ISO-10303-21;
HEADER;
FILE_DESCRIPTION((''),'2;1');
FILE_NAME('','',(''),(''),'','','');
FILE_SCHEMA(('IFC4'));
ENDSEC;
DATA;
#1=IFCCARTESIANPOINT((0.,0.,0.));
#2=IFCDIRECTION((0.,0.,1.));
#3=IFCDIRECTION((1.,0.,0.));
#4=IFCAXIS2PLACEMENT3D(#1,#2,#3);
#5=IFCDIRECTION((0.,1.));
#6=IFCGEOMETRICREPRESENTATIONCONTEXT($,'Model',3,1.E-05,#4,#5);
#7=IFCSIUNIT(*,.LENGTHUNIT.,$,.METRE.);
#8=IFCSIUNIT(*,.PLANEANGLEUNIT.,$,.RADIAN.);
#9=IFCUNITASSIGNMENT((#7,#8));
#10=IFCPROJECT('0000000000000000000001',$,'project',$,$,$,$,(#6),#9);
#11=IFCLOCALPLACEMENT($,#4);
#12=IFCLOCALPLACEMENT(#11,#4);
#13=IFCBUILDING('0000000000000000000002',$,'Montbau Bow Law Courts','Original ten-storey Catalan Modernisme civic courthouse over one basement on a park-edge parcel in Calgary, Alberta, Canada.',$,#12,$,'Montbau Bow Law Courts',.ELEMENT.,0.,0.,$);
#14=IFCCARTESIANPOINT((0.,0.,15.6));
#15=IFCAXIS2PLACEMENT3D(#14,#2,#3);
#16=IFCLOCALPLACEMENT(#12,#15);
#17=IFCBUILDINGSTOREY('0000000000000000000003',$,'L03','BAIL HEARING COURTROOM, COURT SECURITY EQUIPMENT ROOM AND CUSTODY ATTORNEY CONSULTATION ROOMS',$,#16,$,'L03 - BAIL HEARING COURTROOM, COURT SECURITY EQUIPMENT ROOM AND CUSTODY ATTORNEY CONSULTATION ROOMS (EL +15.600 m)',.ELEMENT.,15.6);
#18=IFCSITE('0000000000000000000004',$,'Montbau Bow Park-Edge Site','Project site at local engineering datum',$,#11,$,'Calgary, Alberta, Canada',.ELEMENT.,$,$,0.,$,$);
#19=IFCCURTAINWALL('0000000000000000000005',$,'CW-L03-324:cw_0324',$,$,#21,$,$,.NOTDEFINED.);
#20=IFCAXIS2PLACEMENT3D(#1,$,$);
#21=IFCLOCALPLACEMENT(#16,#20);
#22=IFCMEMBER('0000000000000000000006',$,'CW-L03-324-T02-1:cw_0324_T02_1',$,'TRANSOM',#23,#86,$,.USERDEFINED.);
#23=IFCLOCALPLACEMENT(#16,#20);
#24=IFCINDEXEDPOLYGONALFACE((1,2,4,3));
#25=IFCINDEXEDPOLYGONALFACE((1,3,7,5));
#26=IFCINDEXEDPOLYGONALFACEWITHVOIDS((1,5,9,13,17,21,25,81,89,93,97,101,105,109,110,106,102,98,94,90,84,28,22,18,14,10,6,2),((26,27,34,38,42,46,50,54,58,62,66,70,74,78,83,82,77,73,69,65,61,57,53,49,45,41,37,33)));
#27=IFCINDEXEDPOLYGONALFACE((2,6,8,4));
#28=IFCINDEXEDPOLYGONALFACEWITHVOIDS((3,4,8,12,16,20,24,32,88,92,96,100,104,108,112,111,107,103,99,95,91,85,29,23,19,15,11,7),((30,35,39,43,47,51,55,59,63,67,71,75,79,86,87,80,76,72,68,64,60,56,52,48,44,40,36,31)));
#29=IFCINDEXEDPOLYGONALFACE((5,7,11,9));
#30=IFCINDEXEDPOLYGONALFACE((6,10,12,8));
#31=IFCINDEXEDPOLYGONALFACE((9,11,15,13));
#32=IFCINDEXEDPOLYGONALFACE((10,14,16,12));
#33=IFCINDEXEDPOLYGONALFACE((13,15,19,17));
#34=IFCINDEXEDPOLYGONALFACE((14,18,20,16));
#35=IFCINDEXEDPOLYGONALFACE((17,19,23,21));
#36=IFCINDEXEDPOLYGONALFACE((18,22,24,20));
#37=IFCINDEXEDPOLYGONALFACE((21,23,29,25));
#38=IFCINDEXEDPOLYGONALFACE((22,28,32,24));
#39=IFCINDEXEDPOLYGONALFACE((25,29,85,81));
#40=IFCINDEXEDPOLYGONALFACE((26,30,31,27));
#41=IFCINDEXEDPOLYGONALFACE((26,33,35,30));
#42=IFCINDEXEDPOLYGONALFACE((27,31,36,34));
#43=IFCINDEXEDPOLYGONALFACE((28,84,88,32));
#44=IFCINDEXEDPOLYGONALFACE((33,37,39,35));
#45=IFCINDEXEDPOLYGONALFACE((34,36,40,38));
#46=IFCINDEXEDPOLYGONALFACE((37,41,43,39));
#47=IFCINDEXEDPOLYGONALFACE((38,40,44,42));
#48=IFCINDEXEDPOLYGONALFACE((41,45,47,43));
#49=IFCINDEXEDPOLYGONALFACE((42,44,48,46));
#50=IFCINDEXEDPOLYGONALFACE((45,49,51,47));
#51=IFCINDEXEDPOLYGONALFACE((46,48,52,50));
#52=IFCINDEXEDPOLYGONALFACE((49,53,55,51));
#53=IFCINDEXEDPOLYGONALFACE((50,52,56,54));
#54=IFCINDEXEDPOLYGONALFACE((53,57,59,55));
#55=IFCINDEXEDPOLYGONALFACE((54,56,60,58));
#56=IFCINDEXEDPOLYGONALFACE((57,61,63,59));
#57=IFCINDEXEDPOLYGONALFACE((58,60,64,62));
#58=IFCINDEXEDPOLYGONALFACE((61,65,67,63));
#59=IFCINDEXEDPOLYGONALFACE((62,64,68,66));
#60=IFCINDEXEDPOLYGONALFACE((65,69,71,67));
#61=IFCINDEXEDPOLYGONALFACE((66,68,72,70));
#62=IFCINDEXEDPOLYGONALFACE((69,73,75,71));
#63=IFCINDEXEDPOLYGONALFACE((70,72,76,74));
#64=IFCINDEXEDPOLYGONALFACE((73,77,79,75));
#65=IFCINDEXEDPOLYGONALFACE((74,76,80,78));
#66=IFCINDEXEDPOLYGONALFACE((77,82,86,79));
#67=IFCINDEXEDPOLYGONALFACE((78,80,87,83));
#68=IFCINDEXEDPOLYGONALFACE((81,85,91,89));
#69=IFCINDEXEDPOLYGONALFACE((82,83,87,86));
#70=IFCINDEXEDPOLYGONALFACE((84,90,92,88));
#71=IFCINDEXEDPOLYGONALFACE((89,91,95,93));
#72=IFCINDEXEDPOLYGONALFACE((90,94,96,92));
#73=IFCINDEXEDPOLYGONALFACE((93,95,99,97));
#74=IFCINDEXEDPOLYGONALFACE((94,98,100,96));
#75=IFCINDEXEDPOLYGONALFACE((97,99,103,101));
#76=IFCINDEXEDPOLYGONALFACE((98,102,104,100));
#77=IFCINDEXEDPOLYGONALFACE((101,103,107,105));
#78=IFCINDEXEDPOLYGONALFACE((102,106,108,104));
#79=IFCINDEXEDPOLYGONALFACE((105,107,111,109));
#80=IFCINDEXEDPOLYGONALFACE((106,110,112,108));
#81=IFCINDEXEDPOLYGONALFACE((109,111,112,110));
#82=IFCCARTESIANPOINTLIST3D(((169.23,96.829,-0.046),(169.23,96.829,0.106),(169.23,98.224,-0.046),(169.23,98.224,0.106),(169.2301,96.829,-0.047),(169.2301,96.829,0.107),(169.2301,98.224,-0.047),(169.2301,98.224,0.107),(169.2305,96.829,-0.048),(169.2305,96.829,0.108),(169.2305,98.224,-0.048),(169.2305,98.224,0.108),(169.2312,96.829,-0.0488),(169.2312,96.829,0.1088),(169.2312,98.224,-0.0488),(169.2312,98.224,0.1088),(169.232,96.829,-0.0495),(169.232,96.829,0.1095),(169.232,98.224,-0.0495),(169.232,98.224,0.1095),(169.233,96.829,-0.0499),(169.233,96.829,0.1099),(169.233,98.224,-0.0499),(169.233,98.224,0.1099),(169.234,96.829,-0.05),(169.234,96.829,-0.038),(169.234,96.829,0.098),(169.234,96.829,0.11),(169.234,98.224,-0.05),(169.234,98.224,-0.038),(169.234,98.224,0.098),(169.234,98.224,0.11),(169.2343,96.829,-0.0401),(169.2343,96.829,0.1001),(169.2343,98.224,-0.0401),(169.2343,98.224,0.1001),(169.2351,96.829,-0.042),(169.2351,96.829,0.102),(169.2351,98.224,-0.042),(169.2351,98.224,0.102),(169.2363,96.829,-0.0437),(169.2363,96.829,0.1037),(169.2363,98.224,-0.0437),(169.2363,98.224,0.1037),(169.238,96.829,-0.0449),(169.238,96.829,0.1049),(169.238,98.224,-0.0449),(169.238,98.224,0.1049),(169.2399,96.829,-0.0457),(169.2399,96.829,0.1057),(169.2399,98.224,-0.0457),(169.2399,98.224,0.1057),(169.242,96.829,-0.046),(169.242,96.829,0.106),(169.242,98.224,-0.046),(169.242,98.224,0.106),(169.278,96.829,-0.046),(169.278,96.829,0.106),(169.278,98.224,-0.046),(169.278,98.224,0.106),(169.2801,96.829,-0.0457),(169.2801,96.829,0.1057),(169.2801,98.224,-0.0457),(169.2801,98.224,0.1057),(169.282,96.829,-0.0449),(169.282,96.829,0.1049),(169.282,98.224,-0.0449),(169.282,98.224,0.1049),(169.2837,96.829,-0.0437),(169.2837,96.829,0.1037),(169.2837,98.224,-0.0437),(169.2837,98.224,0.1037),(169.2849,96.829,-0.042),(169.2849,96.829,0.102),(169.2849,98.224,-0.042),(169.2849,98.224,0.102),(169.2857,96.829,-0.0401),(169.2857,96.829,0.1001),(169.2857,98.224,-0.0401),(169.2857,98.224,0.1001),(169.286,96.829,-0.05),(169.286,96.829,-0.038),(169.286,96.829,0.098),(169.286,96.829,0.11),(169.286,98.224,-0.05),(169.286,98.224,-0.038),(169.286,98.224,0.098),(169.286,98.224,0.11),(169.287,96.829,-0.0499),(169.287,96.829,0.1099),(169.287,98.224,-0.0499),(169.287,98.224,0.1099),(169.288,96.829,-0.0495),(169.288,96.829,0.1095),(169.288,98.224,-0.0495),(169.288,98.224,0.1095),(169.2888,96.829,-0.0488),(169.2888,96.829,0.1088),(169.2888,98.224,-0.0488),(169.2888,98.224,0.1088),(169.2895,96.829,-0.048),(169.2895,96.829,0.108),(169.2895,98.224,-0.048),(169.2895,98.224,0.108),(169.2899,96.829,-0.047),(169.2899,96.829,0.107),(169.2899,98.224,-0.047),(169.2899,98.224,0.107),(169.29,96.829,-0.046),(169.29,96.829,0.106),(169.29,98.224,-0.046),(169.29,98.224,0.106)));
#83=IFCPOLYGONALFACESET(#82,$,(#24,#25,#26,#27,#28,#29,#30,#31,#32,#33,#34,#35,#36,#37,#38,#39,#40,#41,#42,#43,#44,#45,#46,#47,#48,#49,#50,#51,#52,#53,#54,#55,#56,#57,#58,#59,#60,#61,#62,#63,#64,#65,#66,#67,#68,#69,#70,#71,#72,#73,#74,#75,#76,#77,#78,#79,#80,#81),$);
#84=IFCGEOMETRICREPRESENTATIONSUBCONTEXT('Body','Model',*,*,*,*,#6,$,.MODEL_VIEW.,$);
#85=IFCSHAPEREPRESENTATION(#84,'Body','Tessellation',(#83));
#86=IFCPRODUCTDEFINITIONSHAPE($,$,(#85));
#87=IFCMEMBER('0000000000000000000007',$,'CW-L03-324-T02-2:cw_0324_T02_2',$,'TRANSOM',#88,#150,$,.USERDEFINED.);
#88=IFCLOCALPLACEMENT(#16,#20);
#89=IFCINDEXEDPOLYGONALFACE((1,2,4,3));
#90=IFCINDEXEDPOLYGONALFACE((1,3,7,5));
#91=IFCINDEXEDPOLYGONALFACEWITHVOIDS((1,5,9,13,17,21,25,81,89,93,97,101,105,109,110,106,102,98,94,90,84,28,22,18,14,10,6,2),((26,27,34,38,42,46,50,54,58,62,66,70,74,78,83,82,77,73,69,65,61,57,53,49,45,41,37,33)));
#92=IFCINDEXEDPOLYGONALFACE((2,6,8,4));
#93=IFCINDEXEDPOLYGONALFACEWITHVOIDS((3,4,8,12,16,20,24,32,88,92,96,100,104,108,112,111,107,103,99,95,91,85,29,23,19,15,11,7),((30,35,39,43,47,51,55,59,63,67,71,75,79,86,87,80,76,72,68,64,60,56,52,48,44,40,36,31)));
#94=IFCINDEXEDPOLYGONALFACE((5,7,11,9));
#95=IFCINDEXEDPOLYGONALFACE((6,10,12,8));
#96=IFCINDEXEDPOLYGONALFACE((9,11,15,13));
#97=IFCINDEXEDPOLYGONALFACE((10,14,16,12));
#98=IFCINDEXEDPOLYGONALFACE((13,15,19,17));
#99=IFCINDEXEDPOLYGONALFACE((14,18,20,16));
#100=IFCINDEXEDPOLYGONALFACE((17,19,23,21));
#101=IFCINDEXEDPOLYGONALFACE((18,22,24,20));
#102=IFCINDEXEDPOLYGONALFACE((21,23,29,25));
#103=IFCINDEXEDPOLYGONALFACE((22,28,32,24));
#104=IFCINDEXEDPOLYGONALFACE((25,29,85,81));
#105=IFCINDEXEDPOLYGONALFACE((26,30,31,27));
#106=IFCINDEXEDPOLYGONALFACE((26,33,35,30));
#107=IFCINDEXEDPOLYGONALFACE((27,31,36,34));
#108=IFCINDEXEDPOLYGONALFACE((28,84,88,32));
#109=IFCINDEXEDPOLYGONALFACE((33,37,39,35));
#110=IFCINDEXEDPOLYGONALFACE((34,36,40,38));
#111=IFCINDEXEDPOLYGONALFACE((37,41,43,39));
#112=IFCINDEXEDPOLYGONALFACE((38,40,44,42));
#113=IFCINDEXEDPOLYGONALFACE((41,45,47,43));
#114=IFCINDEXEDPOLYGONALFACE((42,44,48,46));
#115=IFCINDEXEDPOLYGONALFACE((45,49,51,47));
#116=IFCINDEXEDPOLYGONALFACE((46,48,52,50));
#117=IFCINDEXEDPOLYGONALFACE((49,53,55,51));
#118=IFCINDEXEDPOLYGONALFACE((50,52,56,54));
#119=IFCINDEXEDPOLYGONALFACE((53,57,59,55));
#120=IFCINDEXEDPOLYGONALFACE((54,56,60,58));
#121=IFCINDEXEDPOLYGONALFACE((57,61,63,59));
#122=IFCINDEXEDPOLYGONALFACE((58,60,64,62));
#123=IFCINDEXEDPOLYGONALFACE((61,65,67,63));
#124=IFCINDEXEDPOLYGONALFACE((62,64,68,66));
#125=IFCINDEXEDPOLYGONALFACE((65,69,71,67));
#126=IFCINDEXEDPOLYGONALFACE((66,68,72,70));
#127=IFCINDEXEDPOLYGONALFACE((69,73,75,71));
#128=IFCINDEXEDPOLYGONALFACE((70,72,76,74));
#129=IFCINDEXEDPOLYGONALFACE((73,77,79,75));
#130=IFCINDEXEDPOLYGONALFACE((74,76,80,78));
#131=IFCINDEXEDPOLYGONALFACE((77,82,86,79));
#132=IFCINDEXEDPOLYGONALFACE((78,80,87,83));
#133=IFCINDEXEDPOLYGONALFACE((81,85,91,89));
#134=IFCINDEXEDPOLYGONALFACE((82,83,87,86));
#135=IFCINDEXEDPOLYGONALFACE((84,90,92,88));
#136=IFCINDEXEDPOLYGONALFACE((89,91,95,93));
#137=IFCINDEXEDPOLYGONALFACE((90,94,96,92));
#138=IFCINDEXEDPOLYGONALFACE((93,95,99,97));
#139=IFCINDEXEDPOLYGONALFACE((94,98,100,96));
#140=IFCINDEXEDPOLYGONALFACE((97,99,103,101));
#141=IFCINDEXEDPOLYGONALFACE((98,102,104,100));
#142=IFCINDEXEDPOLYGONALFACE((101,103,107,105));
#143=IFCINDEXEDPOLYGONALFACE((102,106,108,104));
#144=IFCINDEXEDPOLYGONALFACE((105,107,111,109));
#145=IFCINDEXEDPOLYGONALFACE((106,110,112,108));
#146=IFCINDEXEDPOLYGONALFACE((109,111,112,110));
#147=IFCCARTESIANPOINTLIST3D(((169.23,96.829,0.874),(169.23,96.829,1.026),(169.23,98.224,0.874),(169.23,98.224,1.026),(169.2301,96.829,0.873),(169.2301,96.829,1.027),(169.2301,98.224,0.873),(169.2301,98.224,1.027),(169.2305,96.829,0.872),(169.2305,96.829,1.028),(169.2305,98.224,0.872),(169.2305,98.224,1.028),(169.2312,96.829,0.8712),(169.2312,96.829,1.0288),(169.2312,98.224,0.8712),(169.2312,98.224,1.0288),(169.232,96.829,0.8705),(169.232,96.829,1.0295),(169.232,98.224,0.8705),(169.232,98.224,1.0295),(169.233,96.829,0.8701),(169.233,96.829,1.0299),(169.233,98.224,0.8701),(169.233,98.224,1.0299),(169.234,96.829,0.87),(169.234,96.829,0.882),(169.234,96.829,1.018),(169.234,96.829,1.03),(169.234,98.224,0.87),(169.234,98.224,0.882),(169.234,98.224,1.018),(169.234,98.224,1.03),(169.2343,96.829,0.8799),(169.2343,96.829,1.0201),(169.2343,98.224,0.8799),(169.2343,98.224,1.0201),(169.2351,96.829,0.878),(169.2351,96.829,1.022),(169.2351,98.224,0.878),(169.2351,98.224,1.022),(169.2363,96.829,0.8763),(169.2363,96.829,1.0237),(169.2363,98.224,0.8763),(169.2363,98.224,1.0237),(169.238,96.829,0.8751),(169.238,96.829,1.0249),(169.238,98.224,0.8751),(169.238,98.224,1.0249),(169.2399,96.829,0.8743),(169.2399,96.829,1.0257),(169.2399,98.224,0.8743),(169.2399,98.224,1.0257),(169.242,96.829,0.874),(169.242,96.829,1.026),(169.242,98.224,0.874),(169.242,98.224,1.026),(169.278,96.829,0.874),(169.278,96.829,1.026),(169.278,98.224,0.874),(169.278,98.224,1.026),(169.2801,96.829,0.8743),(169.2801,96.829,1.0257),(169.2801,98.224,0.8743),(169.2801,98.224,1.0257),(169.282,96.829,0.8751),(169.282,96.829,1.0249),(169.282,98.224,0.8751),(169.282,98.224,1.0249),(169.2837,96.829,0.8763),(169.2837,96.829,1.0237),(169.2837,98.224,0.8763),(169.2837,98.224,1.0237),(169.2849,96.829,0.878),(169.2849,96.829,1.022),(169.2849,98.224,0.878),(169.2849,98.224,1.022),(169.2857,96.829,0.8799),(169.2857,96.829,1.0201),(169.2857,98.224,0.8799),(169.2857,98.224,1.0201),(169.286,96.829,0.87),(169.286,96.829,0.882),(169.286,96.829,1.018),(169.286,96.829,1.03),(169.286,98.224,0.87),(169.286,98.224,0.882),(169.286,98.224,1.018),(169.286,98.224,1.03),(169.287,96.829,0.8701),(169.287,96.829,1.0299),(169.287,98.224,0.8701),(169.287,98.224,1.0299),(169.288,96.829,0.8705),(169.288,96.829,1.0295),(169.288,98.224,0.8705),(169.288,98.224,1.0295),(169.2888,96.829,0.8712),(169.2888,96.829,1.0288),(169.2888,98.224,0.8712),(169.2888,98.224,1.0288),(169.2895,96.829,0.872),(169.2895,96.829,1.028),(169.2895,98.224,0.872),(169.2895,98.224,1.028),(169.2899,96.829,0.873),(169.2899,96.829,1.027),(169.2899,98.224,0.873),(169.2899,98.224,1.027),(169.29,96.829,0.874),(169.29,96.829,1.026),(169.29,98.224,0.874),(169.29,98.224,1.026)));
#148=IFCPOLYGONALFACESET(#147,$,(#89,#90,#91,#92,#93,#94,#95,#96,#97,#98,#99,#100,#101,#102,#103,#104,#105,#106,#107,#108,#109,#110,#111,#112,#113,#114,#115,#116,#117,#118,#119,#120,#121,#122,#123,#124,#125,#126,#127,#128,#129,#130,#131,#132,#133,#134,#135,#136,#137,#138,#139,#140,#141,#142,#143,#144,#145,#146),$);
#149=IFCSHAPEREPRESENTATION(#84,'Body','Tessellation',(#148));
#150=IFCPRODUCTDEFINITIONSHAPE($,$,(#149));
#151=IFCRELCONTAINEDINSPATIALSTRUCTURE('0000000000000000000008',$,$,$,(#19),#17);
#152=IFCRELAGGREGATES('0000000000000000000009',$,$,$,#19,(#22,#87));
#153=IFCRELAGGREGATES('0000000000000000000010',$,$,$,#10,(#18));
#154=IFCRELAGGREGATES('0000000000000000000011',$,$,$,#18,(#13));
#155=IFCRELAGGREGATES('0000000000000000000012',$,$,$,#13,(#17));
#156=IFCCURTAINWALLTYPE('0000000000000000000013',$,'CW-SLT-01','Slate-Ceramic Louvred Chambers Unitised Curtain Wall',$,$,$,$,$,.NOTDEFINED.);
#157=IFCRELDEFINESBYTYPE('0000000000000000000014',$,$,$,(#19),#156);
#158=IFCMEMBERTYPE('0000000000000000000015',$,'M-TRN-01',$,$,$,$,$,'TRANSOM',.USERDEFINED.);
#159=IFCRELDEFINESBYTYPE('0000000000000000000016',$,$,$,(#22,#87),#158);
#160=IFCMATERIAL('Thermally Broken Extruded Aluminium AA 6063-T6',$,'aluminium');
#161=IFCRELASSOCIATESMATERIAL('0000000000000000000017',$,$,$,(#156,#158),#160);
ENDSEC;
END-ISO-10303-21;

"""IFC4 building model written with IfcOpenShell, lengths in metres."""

from ifc_helpers import new_model, si_unit, direction, frame, origin_with_axes, origin_2d_with_axis, place, context, subcontext, project, spatial, hollow_rectangle, extrude, material, material_profile, profile_set, type_object, element, aggregate, save


model = new_model("IFC4")

# Units and contexts
model_context = context("Model", 3, precision=1e-05, world=origin_with_axes(), true_north=direction((0.0, 1.0)))
body_context = subcontext(model_context, "Body", "Model", "MODEL_VIEW")
ifc_project = project(units=[si_unit("LENGTHUNIT", "METRE"), si_unit("PLANEANGLEUNIT", "RADIAN")], contexts=[model_context])

# Site, building, storey
site_placement = place(None, origin_with_axes())
site = spatial("IfcSite", under=ifc_project, at=site_placement, Name="Montbau Bow Park-Edge Site", Description="Project site at local engineering datum", LongName="Calgary, Alberta, Canada", CompositionType="ELEMENT", RefElevation=0.0)
building_placement = place(site_placement, origin_with_axes())
building = spatial("IfcBuilding", under=site, at=building_placement, Name="Montbau Bow Law Courts", Description="Original ten-storey Catalan Modernisme civic courthouse over one basement on a park-edge parcel in Calgary, Alberta, Canada.", LongName="Montbau Bow Law Courts", CompositionType="ELEMENT", ElevationOfRefHeight=0.0, ElevationOfTerrain=0.0)
storey_placement = place(building_placement, frame((0.0, 0.0, 15.6), z_axis=(0.0, 0.0, 1.0), x_axis=(1.0, 0.0, 0.0)))
storey = spatial("IfcBuildingStorey", under=building, at=storey_placement, Name="L03", Description="BAIL HEARING COURTROOM, COURT SECURITY EQUIPMENT ROOM AND CUSTODY ATTORNEY CONSULTATION ROOMS", LongName="L03 - BAIL HEARING COURTROOM, COURT SECURITY EQUIPMENT ROOM AND CUSTODY ATTORNEY CONSULTATION ROOMS (EL +15.600 m)", CompositionType="ELEMENT", Elevation=15.6)

# Curtain wall
ifc_material_1 = material(Name="Thermally Broken Extruded Aluminium AA 6063-T6", Category="aluminium")
curtain_wall_type = type_object("IfcCurtainWallType", Name="CW-SLT-01", Description="Slate-Ceramic Louvred Chambers Unitised Curtain Wall", PredefinedType="NOTDEFINED", material=ifc_material_1)
curtain_wall_1_placement = place(None, frame((169.26, 95.315, 15.6), z_axis=(0.0, 0.0, 1.0), x_axis=(1.0, 0.0, 0.0)))
curtain_wall_1 = element("IfcCurtainWall", 1, at=curtain_wall_1_placement, inside=storey, type_object=curtain_wall_type, Name="CW-L03-324:cw_0324", PredefinedType="NOTDEFINED")

# Members
ifc_material_profile_1 = material_profile(ifc_material_1, hollow_rectangle(XDim=0.06, YDim=0.16, WallThickness=0.004, InnerFilletRadius=0.008, OuterFilletRadius=0.004, at=origin_2d_with_axis()), Name="CWT-160X60", Category="Main", Priority=0)
ifc_profile_set_1 = profile_set([ifc_material_profile_1], Name="Thermally Broken Extruded Aluminium AA 6063-T6")
member_type_1 = type_object("IfcMemberType", Name="M-TRN-01", ElementType="TRANSOM", PredefinedType="USERDEFINED", material=ifc_profile_set_1)
member_1_placement = place(None, frame((169.26, 96.829, 15.63), z_axis=(0.0, 1.0, 0.0), x_axis=(-1.0, 0.0, 0.0)))
member_1 = element("IfcMember", 2, at=member_1_placement, type_object=member_type_1, Name="CW-L03-324-T02-1:cw_0324_T02_1", ObjectType="TRANSOM", PredefinedType="USERDEFINED", context=body_context, shape_type="SweptSolid", body=[
    extrude(hollow_rectangle(XDim=0.06, YDim=0.16, WallThickness=0.004, InnerFilletRadius=0.008, OuterFilletRadius=0.004, at=origin_2d_with_axis()), origin_with_axes(), (0.0, 0.0, 1.0), 1.395),
])
member_2_placement = place(None, frame((169.26, 96.829, 16.55), z_axis=(0.0, 1.0, 0.0), x_axis=(-1.0, 0.0, 0.0)))
member_2 = element("IfcMember", 3, at=member_2_placement, type_object=member_type_1, Name="CW-L03-324-T02-2:cw_0324_T02_2", ObjectType="TRANSOM", PredefinedType="USERDEFINED", context=body_context, shape_type="SweptSolid", body=[
    extrude(hollow_rectangle(XDim=0.06, YDim=0.16, WallThickness=0.004, InnerFilletRadius=0.008, OuterFilletRadius=0.004, at=origin_2d_with_axis()), origin_with_axes(), (0.0, 0.0, 1.0), 1.395),
])

aggregate(curtain_wall_1, [member_1, member_2])

save(model, "model.ifc")
